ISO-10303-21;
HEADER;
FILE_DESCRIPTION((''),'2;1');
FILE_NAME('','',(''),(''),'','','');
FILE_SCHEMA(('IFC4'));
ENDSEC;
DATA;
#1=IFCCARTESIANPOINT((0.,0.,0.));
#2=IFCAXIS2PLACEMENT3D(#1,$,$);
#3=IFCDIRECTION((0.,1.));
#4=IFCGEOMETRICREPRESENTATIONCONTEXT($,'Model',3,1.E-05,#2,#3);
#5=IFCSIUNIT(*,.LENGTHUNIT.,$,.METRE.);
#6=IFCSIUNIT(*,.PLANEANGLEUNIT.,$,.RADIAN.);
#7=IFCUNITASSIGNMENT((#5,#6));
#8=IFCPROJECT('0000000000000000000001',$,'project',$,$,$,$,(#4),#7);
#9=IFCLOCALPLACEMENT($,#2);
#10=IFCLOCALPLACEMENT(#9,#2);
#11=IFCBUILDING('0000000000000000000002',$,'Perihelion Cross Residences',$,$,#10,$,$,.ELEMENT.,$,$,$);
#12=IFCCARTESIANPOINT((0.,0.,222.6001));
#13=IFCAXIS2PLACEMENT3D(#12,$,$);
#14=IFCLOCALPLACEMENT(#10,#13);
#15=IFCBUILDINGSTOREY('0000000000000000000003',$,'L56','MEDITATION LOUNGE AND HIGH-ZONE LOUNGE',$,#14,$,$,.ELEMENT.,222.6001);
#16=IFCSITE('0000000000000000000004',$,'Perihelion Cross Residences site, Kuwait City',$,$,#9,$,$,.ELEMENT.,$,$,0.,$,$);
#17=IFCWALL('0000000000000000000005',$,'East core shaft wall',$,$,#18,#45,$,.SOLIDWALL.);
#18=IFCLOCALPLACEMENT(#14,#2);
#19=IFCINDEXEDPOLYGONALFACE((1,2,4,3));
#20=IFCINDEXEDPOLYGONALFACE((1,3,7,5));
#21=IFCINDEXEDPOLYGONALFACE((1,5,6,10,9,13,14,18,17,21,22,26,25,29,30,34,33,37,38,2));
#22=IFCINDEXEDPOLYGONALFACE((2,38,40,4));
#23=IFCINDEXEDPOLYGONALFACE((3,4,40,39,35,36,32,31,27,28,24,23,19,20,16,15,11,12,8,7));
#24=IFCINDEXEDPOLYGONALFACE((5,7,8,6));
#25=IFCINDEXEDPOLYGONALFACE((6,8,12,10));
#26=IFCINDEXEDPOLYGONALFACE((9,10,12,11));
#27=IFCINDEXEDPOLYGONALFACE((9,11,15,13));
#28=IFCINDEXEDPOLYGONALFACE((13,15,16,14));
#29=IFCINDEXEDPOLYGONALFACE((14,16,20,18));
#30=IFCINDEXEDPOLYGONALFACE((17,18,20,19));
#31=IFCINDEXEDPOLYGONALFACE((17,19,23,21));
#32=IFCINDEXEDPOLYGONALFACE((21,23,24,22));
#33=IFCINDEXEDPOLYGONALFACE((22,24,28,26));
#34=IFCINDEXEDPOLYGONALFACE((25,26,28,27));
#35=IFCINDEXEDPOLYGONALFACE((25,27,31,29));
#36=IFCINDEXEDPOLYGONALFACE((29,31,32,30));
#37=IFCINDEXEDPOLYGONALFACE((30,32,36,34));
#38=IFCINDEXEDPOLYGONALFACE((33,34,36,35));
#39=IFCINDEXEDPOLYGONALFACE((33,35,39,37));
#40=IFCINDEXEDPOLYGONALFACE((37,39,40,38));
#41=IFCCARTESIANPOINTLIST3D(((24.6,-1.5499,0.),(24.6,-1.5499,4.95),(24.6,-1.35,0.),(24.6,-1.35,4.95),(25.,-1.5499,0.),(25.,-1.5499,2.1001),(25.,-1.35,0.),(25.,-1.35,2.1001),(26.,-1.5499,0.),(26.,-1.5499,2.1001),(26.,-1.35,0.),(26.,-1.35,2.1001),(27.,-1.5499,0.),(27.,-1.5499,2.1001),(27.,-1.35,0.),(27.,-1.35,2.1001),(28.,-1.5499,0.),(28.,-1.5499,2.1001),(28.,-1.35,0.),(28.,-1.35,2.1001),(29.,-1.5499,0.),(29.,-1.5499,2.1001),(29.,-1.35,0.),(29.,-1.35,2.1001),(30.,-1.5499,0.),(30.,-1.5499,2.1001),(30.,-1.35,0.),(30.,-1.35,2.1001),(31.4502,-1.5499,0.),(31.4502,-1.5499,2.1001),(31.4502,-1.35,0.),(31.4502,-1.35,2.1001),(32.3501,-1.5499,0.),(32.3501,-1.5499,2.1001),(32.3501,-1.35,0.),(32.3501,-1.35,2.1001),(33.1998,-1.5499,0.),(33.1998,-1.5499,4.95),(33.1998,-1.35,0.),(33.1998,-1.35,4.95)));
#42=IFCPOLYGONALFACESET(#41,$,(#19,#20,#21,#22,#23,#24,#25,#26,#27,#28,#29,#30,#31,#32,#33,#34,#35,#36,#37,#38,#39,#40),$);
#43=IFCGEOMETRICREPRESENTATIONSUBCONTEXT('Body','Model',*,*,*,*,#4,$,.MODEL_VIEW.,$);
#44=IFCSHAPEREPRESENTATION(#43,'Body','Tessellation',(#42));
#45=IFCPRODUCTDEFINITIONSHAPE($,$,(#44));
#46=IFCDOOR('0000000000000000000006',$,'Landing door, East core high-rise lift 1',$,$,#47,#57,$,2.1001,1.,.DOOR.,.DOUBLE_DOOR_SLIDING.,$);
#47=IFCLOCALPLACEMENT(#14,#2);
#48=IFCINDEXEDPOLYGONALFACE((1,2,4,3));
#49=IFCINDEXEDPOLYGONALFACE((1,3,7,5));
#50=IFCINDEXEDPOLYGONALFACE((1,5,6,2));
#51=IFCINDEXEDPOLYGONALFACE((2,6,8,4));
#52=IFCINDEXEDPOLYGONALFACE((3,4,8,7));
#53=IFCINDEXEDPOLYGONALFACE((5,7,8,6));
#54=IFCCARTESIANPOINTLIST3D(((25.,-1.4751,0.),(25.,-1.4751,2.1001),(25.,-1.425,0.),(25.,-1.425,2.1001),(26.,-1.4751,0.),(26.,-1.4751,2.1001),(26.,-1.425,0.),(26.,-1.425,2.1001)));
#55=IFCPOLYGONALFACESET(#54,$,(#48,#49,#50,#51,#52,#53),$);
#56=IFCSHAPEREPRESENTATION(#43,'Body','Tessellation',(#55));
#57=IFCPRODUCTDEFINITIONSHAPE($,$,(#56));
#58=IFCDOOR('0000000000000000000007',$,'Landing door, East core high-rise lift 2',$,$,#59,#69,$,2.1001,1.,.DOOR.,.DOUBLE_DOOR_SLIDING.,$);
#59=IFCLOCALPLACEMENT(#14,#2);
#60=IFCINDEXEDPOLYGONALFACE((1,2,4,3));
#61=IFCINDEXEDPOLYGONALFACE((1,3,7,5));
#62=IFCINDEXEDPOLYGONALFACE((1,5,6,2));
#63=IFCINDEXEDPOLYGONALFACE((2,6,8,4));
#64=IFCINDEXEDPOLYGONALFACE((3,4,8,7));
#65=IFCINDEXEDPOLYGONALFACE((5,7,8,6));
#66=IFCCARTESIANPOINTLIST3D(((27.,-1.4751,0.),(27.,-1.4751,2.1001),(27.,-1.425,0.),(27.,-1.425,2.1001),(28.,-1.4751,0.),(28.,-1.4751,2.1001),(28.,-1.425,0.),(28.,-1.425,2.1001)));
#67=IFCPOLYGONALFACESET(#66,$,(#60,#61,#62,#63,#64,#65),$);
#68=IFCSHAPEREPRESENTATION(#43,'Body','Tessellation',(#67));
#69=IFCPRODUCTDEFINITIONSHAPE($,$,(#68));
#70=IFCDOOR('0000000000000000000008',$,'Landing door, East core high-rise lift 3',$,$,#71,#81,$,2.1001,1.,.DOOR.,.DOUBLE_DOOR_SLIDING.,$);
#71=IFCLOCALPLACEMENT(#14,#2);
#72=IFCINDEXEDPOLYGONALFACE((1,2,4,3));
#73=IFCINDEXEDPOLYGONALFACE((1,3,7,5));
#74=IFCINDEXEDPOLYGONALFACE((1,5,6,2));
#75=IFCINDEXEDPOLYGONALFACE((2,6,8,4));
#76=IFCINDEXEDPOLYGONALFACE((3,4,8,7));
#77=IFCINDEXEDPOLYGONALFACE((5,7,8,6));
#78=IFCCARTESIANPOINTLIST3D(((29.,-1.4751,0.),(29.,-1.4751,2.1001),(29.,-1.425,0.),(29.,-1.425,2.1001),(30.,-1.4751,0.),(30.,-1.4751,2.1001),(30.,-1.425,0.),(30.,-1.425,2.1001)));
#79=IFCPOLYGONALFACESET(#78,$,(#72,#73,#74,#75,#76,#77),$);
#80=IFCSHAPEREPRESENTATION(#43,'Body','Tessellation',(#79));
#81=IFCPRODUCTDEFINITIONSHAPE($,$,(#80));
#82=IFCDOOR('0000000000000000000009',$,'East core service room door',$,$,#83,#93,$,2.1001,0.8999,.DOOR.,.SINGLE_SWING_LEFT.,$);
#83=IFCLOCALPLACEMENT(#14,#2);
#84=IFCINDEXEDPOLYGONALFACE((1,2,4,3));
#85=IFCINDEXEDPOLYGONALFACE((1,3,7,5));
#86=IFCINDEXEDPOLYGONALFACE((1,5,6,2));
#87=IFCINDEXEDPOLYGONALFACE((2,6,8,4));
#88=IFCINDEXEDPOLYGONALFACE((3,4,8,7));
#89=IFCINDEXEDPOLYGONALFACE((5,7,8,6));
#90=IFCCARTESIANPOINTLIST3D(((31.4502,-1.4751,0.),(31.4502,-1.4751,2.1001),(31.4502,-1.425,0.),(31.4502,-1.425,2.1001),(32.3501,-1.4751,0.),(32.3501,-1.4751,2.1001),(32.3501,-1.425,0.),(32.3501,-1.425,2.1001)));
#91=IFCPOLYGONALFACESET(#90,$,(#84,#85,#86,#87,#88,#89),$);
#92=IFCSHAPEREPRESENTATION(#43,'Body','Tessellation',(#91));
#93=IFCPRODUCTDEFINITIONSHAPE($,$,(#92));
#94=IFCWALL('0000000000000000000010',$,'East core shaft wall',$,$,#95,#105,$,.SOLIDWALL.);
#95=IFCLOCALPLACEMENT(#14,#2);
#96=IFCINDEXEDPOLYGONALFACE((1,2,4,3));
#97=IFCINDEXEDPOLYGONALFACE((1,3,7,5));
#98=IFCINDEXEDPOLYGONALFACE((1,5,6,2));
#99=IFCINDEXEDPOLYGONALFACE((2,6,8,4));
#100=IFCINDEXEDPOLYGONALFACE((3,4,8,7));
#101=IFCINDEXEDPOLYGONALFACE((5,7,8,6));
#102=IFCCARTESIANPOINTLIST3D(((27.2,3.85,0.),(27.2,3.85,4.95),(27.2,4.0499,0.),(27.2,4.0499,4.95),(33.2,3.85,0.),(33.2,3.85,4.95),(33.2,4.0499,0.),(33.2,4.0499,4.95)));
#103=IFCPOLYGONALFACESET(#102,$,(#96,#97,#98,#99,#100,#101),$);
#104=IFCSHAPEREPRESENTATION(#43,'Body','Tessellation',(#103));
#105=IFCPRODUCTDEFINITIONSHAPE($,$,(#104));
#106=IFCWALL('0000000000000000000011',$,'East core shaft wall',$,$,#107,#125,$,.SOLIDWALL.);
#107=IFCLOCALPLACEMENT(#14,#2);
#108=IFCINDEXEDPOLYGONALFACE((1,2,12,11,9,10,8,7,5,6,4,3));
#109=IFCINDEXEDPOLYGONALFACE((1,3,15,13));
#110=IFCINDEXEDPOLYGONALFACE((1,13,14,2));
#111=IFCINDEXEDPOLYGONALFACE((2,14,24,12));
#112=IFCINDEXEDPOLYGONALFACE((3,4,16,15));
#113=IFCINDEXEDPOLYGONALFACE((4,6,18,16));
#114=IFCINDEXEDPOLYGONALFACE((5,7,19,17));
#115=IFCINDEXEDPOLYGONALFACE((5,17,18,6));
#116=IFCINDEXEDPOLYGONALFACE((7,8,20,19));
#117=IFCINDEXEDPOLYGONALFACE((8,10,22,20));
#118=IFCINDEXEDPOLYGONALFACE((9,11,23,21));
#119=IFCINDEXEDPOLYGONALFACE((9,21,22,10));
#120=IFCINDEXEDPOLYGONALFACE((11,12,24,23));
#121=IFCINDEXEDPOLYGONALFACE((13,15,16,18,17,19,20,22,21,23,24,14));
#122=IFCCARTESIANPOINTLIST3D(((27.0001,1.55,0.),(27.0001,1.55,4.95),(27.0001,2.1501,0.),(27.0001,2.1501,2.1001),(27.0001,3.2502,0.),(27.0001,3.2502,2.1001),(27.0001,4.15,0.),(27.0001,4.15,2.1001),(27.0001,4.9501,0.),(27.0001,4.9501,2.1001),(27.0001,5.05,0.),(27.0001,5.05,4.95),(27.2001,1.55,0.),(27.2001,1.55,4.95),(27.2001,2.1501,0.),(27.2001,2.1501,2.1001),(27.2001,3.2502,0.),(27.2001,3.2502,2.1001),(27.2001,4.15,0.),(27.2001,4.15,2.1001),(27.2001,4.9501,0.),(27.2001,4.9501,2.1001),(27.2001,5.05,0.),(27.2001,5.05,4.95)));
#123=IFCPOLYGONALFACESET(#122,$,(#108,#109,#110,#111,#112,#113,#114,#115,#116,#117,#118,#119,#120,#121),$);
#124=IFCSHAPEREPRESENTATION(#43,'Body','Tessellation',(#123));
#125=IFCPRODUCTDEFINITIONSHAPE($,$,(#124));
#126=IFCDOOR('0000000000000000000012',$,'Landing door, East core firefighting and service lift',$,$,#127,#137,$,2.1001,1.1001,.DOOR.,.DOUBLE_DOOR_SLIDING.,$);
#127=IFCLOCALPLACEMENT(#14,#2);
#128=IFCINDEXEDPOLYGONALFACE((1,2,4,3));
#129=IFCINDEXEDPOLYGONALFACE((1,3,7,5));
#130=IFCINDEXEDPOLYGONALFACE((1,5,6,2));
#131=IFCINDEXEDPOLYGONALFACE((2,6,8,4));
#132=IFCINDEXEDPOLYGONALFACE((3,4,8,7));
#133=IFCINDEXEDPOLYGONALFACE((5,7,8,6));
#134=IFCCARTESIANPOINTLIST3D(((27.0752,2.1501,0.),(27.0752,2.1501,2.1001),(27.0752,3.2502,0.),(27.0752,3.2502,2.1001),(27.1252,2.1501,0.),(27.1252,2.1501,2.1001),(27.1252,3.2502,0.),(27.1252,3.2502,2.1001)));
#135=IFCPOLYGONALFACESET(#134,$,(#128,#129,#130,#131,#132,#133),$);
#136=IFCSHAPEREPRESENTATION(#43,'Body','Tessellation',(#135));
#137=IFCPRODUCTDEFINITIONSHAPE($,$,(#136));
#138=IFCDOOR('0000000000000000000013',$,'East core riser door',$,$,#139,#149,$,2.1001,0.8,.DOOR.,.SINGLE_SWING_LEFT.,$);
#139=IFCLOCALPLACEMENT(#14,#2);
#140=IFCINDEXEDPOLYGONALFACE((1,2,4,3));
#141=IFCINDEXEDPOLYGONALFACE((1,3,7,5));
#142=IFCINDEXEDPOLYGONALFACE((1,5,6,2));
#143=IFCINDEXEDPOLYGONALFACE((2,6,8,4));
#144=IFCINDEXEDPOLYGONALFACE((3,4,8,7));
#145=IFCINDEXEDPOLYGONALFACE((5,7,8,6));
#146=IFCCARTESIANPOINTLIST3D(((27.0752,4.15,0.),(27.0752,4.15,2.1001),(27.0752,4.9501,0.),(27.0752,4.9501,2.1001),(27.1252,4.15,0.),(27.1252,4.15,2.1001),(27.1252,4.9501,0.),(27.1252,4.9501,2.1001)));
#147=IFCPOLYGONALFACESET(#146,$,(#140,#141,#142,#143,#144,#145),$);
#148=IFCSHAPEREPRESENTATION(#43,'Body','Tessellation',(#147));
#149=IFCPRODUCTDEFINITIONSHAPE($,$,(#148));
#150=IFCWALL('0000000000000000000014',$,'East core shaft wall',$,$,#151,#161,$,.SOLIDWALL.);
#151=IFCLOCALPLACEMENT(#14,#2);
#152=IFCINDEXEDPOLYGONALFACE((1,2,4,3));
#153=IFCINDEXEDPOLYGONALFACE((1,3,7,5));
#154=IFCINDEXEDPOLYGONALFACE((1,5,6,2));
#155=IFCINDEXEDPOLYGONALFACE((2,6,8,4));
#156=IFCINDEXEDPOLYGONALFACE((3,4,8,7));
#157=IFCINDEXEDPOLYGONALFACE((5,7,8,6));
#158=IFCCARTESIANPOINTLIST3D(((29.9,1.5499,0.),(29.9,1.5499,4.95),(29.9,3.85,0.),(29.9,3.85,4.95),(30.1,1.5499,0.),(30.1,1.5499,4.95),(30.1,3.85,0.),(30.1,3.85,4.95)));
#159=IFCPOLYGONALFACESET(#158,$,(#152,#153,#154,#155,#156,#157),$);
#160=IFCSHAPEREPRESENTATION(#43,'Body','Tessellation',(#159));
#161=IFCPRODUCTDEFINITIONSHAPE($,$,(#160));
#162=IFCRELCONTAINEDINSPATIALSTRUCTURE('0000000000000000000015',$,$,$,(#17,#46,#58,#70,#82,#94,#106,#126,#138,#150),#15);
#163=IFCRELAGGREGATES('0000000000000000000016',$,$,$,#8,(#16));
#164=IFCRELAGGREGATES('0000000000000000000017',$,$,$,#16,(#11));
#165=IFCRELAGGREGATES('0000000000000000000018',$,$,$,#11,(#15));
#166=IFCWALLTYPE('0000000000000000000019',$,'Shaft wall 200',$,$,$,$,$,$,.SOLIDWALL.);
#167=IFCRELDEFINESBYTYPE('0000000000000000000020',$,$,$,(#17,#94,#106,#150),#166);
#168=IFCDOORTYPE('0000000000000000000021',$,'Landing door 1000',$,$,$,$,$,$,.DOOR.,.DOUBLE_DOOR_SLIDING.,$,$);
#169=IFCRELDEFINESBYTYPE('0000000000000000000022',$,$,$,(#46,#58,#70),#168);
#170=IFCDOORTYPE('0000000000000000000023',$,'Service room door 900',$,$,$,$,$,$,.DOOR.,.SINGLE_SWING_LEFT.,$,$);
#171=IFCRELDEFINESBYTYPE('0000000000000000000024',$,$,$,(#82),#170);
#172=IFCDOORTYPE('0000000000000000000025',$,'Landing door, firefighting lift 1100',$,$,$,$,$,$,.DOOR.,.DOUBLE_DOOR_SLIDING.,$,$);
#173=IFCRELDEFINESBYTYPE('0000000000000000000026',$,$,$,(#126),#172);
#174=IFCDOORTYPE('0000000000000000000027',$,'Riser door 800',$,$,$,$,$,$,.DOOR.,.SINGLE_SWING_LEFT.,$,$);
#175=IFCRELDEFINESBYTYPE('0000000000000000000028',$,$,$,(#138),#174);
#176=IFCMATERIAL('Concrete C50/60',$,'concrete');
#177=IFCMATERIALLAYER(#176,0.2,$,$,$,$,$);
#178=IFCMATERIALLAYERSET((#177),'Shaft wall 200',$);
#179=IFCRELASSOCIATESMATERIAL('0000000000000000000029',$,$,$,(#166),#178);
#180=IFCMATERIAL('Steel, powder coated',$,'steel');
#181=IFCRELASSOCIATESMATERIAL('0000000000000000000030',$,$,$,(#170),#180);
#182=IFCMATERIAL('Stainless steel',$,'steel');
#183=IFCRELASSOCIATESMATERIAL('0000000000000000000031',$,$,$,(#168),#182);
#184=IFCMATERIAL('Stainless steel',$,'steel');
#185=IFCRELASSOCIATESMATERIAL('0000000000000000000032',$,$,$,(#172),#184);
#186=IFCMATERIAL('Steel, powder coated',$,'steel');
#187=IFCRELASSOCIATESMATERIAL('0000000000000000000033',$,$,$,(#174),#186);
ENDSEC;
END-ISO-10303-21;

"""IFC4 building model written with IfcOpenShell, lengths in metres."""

from ifc_helpers import new_model, si_unit, direction, frame, frame_2d, origin, place, context, subcontext, project, spatial, rectangle, extrude, material, layer, layer_set, type_object, element, fill, save


model = new_model("IFC4")

# Units and contexts
model_context = context("Model", 3, precision=1e-05, world=origin(), true_north=direction((0.0, 1.0)))
body_context = subcontext(model_context, "Body", "Model", "MODEL_VIEW")
ifc_project = project(units=[si_unit("LENGTHUNIT", "METRE"), si_unit("PLANEANGLEUNIT", "RADIAN")], contexts=[model_context])

# Site, building, storey
site_placement = place(None, origin())
site = spatial("IfcSite", under=ifc_project, at=site_placement, Name="Perihelion Cross Residences site, Kuwait City", CompositionType="ELEMENT", RefElevation=0.0)
building_placement = place(site_placement, origin())
building = spatial("IfcBuilding", under=site, at=building_placement, Name="Perihelion Cross Residences", CompositionType="ELEMENT")
storey_placement = place(building_placement, frame((0.0, 0.0, 222.6001)))
storey = spatial("IfcBuildingStorey", under=building, at=storey_placement, Name="L56", Description="MEDITATION LOUNGE AND HIGH-ZONE LOUNGE", CompositionType="ELEMENT", Elevation=222.6001)

# Wall, openings, doors
ifc_material_1 = material(Name="Concrete C50/60", Category="concrete")
ifc_layer_1 = layer(ifc_material_1, 0.2)
ifc_layer_set_1 = layer_set([ifc_layer_1], Name="Shaft wall 200")
wall_type_1 = type_object("IfcWallType", Name="Shaft wall 200", PredefinedType="SOLIDWALL", material=ifc_layer_set_1)
ifc_material_2 = material(Name="Steel, powder coated", Category="steel")
door_type_1 = type_object("IfcDoorType", Name="Service room door 900", OperationType="SINGLE_SWING_LEFT", PredefinedType="DOOR", material=ifc_material_2)
wall_1_placement = place(storey_placement, frame((24.6001, -1.45, 0.0), z_axis=(0.0, 0.0, 1.0), x_axis=(1.0, 0.0, 0.0)))
wall_1 = element("IfcWall", 1, at=wall_1_placement, inside=storey, type_object=wall_type_1, Name="East core shaft wall", PredefinedType="SOLIDWALL", context=body_context, shape_type="SweptSolid", body=[
    extrude(rectangle(XDim=8.5999, YDim=0.2, at=frame_2d((4.2998, 0.0))), origin(), (0.0, 0.0, 1.0), 4.95),
])
opening_1_placement = place(wall_1_placement, frame((0.3999, 0.0, 0.0)))
opening_1 = element("IfcOpeningElement", 2, at=opening_1_placement, cuts=wall_1, PredefinedType="OPENING", context=body_context, shape_type="SweptSolid", body=[
    extrude(rectangle(XDim=1.0, YDim=2.1001, at=frame_2d((0.5, 1.05))), frame((0.0, 0.1099, 0.0), z_axis=(0.0, -1.0, 0.0), x_axis=(1.0, 0.0, 0.0)), (0.0, 0.0, 1.0), 0.22),
])
opening_2_placement = place(wall_1_placement, frame((2.3999, 0.0, 0.0)))
opening_2 = element("IfcOpeningElement", 3, at=opening_2_placement, cuts=wall_1, PredefinedType="OPENING", context=body_context, shape_type="SweptSolid", body=[
    extrude(rectangle(XDim=1.0, YDim=2.1001, at=frame_2d((0.5, 1.05))), frame((0.0, 0.1099, 0.0), z_axis=(0.0, -1.0, 0.0), x_axis=(1.0, 0.0, 0.0)), (0.0, 0.0, 1.0), 0.22),
])
opening_3_placement = place(wall_1_placement, frame((4.3999, 0.0, 0.0)))
opening_3 = element("IfcOpeningElement", 4, at=opening_3_placement, cuts=wall_1, PredefinedType="OPENING", context=body_context, shape_type="SweptSolid", body=[
    extrude(rectangle(XDim=1.0, YDim=2.1001, at=frame_2d((0.5, 1.05))), frame((0.0, 0.1099, 0.0), z_axis=(0.0, -1.0, 0.0), x_axis=(1.0, 0.0, 0.0)), (0.0, 0.0, 1.0), 0.22),
])
opening_4_placement = place(wall_1_placement, frame((6.8501, 0.0, 0.0)))
opening_4 = element("IfcOpeningElement", 5, at=opening_4_placement, cuts=wall_1, PredefinedType="OPENING", context=body_context, shape_type="SweptSolid", body=[
    extrude(rectangle(XDim=0.8999, YDim=2.1001, at=frame_2d((0.45, 1.05))), frame((0.0, 0.1099, 0.0), z_axis=(0.0, -1.0, 0.0), x_axis=(1.0, 0.0, 0.0)), (0.0, 0.0, 1.0), 0.22),
])
ifc_material_3 = material(Name="Stainless steel", Category="steel")
door_type_2 = type_object("IfcDoorType", Name="Landing door 1000", OperationType="DOUBLE_DOOR_SLIDING", PredefinedType="DOOR", material=ifc_material_3)
door_1_placement = place(opening_1_placement, origin())
door_1 = element("IfcDoor", 6, at=door_1_placement, inside=storey, type_object=door_type_2, Name="Landing door, East core high-rise lift 1", OperationType="DOUBLE_DOOR_SLIDING", OverallHeight=2.1001, OverallWidth=1.0, PredefinedType="DOOR", context=body_context, shape_type="SweptSolid", body=[
    extrude(rectangle(XDim=1.0, YDim=2.1001, at=frame_2d((0.5, 1.05))), frame((0.0, 0.0249, 0.0), z_axis=(0.0, -1.0, 0.0), x_axis=(1.0, 0.0, 0.0)), (0.0, 0.0, 1.0), 0.05),
])
fill(opening_1, door_1)
door_2_placement = place(opening_2_placement, origin())
door_2 = element("IfcDoor", 7, at=door_2_placement, inside=storey, type_object=door_type_2, Name="Landing door, East core high-rise lift 2", OperationType="DOUBLE_DOOR_SLIDING", OverallHeight=2.1001, OverallWidth=1.0, PredefinedType="DOOR", context=body_context, shape_type="SweptSolid", body=[
    extrude(rectangle(XDim=1.0, YDim=2.1001, at=frame_2d((0.5, 1.05))), frame((0.0, 0.0249, 0.0), z_axis=(0.0, -1.0, 0.0), x_axis=(1.0, 0.0, 0.0)), (0.0, 0.0, 1.0), 0.05),
])
fill(opening_2, door_2)
door_3_placement = place(opening_3_placement, origin())
door_3 = element("IfcDoor", 8, at=door_3_placement, inside=storey, type_object=door_type_2, Name="Landing door, East core high-rise lift 3", OperationType="DOUBLE_DOOR_SLIDING", OverallHeight=2.1001, OverallWidth=1.0, PredefinedType="DOOR", context=body_context, shape_type="SweptSolid", body=[
    extrude(rectangle(XDim=1.0, YDim=2.1001, at=frame_2d((0.5, 1.05))), frame((0.0, 0.0249, 0.0), z_axis=(0.0, -1.0, 0.0), x_axis=(1.0, 0.0, 0.0)), (0.0, 0.0, 1.0), 0.05),
])
fill(opening_3, door_3)
door_4_placement = place(opening_4_placement, origin())
door_4 = element("IfcDoor", 9, at=door_4_placement, inside=storey, type_object=door_type_1, Name="East core service room door", OperationType="SINGLE_SWING_LEFT", OverallHeight=2.1001, OverallWidth=0.8999, PredefinedType="DOOR", context=body_context, shape_type="SweptSolid", body=[
    extrude(rectangle(XDim=0.8999, YDim=2.1001, at=frame_2d((0.45, 1.05))), frame((0.0, 0.0249, 0.0), z_axis=(0.0, -1.0, 0.0), x_axis=(1.0, 0.0, 0.0)), (0.0, 0.0, 1.0), 0.05),
])
fill(opening_4, door_4)

# Wall
wall_2_placement = place(storey_placement, frame((27.2, 3.95, 0.0), z_axis=(0.0, 0.0, 1.0), x_axis=(1.0, 0.0, 0.0)))
element("IfcWall", 10, at=wall_2_placement, inside=storey, type_object=wall_type_1, Name="East core shaft wall", PredefinedType="SOLIDWALL", context=body_context, shape_type="SweptSolid", body=[
    extrude(rectangle(XDim=6.0, YDim=0.2, at=frame_2d((3.0, 0.0))), origin(), (0.0, 0.0, 1.0), 4.95),
])

# Wall, openings, doors
wall_3_placement = place(storey_placement, frame((27.1001, 1.55, 0.0), z_axis=(0.0, 0.0, 1.0), x_axis=(0.0, 1.0, 0.0)))
wall_3 = element("IfcWall", 11, at=wall_3_placement, inside=storey, type_object=wall_type_1, Name="East core shaft wall", PredefinedType="SOLIDWALL", context=body_context, shape_type="SweptSolid", body=[
    extrude(rectangle(XDim=3.5, YDim=0.2, at=frame_2d((1.75, 0.0))), origin(), (0.0, 0.0, 1.0), 4.95),
])
opening_5_placement = place(wall_3_placement, frame((0.6001, 0.0, 0.0)))
opening_5 = element("IfcOpeningElement", 12, at=opening_5_placement, cuts=wall_3, PredefinedType="OPENING", context=body_context, shape_type="SweptSolid", body=[
    extrude(rectangle(XDim=1.1001, YDim=2.1001, at=frame_2d((0.55, 1.05))), frame((0.0, 0.1099, 0.0), z_axis=(0.0, -1.0, 0.0), x_axis=(1.0, 0.0, 0.0)), (0.0, 0.0, 1.0), 0.22),
])
opening_6_placement = place(wall_3_placement, frame((2.6001, 0.0, 0.0)))
opening_6 = element("IfcOpeningElement", 13, at=opening_6_placement, cuts=wall_3, PredefinedType="OPENING", context=body_context, shape_type="SweptSolid", body=[
    extrude(rectangle(XDim=0.8, YDim=2.1001, at=frame_2d((0.3999, 1.05))), frame((0.0, 0.1099, 0.0), z_axis=(0.0, -1.0, 0.0), x_axis=(1.0, 0.0, 0.0)), (0.0, 0.0, 1.0), 0.22),
])
ifc_material_4 = material(Name="Stainless steel", Category="steel")
door_type_3 = type_object("IfcDoorType", Name="Landing door, firefighting lift 1100", OperationType="DOUBLE_DOOR_SLIDING", PredefinedType="DOOR", material=ifc_material_4)
door_5_placement = place(opening_5_placement, origin())
door_5 = element("IfcDoor", 14, at=door_5_placement, inside=storey, type_object=door_type_3, Name="Landing door, East core firefighting and service lift", OperationType="DOUBLE_DOOR_SLIDING", OverallHeight=2.1001, OverallWidth=1.1001, PredefinedType="DOOR", context=body_context, shape_type="SweptSolid", body=[
    extrude(rectangle(XDim=1.1001, YDim=2.1001, at=frame_2d((0.55, 1.05))), frame((0.0, 0.0249, 0.0), z_axis=(0.0, -1.0, 0.0), x_axis=(1.0, 0.0, 0.0)), (0.0, 0.0, 1.0), 0.05),
])
fill(opening_5, door_5)
ifc_material_5 = material(Name="Steel, powder coated", Category="steel")
door_type_4 = type_object("IfcDoorType", Name="Riser door 800", OperationType="SINGLE_SWING_LEFT", PredefinedType="DOOR", material=ifc_material_5)
door_6_placement = place(opening_6_placement, origin())
door_6 = element("IfcDoor", 15, at=door_6_placement, inside=storey, type_object=door_type_4, Name="East core riser door", OperationType="SINGLE_SWING_LEFT", OverallHeight=2.1001, OverallWidth=0.8, PredefinedType="DOOR", context=body_context, shape_type="SweptSolid", body=[
    extrude(rectangle(XDim=0.8, YDim=2.1001, at=frame_2d((0.3999, 1.05))), frame((0.0, 0.0249, 0.0), z_axis=(0.0, -1.0, 0.0), x_axis=(1.0, 0.0, 0.0)), (0.0, 0.0, 1.0), 0.05),
])
fill(opening_6, door_6)

# Wall
for number, where, z_axis, x_axis, name in (
    (16, (30.0, 1.55, 0.0), (0.0, 0.0, 1.0), (0.0, 1.0, 0.0), "East core shaft wall"),
):
    element("IfcWall", number, at=place(storey_placement, frame(where, z_axis=z_axis, x_axis=x_axis)), inside=storey, type_object=wall_type_1, Name=name, PredefinedType="SOLIDWALL", context=body_context, shape_type="SweptSolid", body=[
        extrude(rectangle(XDim=2.3, YDim=0.2, at=frame_2d((1.1499, 0.0))), origin(), (0.0, 0.0, 1.0), 4.95),
    ])

save(model, "model.ifc")
